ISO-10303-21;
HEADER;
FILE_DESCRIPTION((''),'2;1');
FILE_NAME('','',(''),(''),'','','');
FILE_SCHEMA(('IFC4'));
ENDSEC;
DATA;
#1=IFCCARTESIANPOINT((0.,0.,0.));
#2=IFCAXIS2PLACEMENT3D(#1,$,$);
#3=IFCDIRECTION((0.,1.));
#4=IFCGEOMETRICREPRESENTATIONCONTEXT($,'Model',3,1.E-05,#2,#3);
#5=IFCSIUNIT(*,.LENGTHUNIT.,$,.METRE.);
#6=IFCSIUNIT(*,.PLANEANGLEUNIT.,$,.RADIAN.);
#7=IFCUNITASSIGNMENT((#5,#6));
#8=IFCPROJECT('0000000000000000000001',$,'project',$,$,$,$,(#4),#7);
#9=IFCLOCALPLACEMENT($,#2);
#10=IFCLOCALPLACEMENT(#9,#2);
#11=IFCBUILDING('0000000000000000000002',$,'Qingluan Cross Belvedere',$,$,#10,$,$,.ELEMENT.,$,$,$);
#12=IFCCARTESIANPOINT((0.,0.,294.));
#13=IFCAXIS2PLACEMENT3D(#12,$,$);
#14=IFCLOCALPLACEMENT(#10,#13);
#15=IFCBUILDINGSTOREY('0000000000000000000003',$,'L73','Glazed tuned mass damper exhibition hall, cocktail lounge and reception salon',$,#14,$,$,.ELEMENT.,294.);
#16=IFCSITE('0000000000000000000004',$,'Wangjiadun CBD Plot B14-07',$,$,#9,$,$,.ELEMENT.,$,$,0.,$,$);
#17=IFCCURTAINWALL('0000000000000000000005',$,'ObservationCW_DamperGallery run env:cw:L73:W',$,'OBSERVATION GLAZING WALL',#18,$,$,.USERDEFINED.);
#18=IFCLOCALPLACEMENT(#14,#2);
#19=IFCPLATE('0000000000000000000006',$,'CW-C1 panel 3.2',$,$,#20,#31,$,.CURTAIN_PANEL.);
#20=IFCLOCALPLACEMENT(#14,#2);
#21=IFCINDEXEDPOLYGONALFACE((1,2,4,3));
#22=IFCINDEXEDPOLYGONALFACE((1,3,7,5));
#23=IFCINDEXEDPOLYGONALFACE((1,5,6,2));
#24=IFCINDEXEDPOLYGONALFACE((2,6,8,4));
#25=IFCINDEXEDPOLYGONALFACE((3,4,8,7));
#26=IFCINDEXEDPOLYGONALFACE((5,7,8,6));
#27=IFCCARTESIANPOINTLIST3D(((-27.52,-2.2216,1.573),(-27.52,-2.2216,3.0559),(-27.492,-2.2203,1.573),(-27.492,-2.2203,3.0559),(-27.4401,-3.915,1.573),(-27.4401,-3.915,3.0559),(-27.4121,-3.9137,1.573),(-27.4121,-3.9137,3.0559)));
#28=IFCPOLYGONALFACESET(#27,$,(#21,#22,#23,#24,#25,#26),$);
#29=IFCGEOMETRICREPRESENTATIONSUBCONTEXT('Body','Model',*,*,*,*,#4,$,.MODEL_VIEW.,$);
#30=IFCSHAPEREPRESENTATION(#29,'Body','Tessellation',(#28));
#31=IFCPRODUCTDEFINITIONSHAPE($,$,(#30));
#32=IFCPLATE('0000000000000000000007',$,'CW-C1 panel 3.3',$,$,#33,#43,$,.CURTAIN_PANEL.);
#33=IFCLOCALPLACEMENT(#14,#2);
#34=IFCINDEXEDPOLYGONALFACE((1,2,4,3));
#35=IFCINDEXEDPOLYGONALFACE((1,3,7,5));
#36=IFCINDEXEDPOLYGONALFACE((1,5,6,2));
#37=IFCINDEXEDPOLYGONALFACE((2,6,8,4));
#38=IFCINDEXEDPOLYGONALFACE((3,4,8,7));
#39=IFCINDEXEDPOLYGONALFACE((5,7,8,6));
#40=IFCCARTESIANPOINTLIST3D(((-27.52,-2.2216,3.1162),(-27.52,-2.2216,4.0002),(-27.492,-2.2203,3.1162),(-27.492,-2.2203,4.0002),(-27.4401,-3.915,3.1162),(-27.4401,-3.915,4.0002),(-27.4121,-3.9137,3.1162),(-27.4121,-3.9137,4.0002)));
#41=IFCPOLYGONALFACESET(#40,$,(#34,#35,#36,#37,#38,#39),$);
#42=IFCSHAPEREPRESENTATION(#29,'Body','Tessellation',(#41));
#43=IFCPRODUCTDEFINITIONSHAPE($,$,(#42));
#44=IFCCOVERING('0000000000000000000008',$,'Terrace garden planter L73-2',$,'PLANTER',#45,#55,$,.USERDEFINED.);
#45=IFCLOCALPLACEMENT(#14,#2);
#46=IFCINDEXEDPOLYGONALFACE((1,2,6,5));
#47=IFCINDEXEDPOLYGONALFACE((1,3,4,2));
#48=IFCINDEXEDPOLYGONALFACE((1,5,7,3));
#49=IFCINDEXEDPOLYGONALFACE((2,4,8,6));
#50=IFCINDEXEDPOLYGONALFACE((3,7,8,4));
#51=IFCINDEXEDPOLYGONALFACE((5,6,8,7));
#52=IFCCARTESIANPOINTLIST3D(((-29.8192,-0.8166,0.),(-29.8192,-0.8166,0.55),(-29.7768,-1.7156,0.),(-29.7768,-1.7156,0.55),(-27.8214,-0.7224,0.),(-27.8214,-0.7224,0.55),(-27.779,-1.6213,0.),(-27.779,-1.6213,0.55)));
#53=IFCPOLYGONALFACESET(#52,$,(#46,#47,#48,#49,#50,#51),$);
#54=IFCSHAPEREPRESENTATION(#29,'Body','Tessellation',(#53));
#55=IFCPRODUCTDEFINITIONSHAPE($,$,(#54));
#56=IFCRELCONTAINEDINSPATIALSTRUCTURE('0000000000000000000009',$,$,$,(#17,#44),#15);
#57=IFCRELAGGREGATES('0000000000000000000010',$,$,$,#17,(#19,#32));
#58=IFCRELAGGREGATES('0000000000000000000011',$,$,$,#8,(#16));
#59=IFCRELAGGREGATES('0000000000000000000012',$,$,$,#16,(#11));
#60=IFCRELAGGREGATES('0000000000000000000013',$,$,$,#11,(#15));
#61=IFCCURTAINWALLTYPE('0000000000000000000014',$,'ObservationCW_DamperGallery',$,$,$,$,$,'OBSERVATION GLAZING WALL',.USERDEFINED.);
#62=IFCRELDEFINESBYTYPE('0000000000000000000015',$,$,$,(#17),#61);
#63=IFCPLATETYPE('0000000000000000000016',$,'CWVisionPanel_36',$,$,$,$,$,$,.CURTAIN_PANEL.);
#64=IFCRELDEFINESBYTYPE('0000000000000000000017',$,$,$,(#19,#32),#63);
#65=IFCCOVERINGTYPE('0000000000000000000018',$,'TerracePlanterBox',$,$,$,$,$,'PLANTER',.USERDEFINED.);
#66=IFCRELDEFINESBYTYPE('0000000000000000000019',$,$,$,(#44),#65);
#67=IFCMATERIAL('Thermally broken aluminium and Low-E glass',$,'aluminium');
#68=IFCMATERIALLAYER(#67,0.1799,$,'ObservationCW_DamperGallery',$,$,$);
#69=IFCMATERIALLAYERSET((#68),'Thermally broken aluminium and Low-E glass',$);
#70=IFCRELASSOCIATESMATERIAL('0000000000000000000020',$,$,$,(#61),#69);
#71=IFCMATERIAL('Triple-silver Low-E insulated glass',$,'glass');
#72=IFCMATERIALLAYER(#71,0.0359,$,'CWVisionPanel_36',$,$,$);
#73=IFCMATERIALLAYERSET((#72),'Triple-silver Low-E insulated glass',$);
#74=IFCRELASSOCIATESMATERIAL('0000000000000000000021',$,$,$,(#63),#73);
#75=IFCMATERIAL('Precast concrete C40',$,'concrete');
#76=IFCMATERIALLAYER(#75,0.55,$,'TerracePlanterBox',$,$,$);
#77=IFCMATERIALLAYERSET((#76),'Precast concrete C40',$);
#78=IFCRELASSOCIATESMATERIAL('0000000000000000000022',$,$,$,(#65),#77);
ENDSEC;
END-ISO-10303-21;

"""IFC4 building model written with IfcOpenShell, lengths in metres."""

from ifc_helpers import new_model, si_unit, direction, frame, origin, origin_2d, place, context, subcontext, project, spatial, rectangle, extrude, material, layer, layer_set, type_object, element, aggregate, save


model = new_model("IFC4")

# Units and contexts
model_context = context("Model", 3, precision=1e-05, world=origin(), true_north=direction((0.0, 1.0)))
body_context = subcontext(model_context, "Body", "Model", "MODEL_VIEW")
ifc_project = project(units=[si_unit("LENGTHUNIT", "METRE"), si_unit("PLANEANGLEUNIT", "RADIAN")], contexts=[model_context])

# Site, building, storey
site_placement = place(None, origin())
site = spatial("IfcSite", under=ifc_project, at=site_placement, Name="Wangjiadun CBD Plot B14-07", CompositionType="ELEMENT", RefElevation=0.0)
building_placement = place(site_placement, origin())
building = spatial("IfcBuilding", under=site, at=building_placement, Name="Qingluan Cross Belvedere", CompositionType="ELEMENT")
storey_placement = place(building_placement, frame((0.0, 0.0, 294.0)))
storey = spatial("IfcBuildingStorey", under=building, at=storey_placement, Name="L73", Description="Glazed tuned mass damper exhibition hall, cocktail lounge and reception salon", CompositionType="ELEMENT", Elevation=294.0)

# Curtain wall, plates
ifc_material_1 = material(Name="Thermally broken aluminium and Low-E glass", Category="aluminium")
ifc_layer_1 = layer(ifc_material_1, 0.1799, Name="ObservationCW_DamperGallery")
ifc_layer_set_1 = layer_set([ifc_layer_1], Name="Thermally broken aluminium and Low-E glass")
curtain_wall_type = type_object("IfcCurtainWallType", Name="ObservationCW_DamperGallery", ElementType="OBSERVATION GLAZING WALL", PredefinedType="USERDEFINED", material=ifc_layer_set_1)
curtain_wall_placement = place(storey_placement, origin())
curtain_wall = element("IfcCurtainWall", 1, at=curtain_wall_placement, inside=storey, type_object=curtain_wall_type, Name="ObservationCW_DamperGallery run env:cw:L73:W", ObjectType="OBSERVATION GLAZING WALL", PredefinedType="USERDEFINED")
ifc_material_2 = material(Name="Triple-silver Low-E insulated glass", Category="glass")
ifc_layer_2 = layer(ifc_material_2, 0.0359, Name="CWVisionPanel_36")
ifc_layer_set_2 = layer_set([ifc_layer_2], Name="Triple-silver Low-E insulated glass")
plate_type = type_object("IfcPlateType", Name="CWVisionPanel_36", PredefinedType="CURTAIN_PANEL", material=ifc_layer_set_2)
plate_1_placement = place(storey_placement, frame((-27.4661, -3.0676, 1.573), z_axis=(0.0, 0.0, 1.0), x_axis=(0.047125, -0.998889, 0.0)))
plate_1 = element("IfcPlate", 2, at=plate_1_placement, type_object=plate_type, Name="CW-C1 panel 3.2", PredefinedType="CURTAIN_PANEL", context=body_context, shape_type="SweptSolid", body=[
    extrude(rectangle(XDim=1.6953, YDim=0.0281, at=origin_2d()), origin(), (0.0, 0.0, 1.0), 1.4829),
])
plate_2_placement = place(storey_placement, frame((-27.4661, -3.0676, 3.1162), z_axis=(0.0, 0.0, 1.0), x_axis=(0.047125, -0.998889, 0.0)))
plate_2 = element("IfcPlate", 3, at=plate_2_placement, type_object=plate_type, Name="CW-C1 panel 3.3", PredefinedType="CURTAIN_PANEL", context=body_context, shape_type="SweptSolid", body=[
    extrude(rectangle(XDim=1.6953, YDim=0.0281, at=origin_2d()), origin(), (0.0, 0.0, 1.0), 0.884),
])
aggregate(curtain_wall, [plate_1, plate_2])

# Covering
ifc_material_3 = material(Name="Precast concrete C40", Category="concrete")
ifc_layer_3 = layer(ifc_material_3, 0.55, Name="TerracePlanterBox")
ifc_layer_set_3 = layer_set([ifc_layer_3], Name="Precast concrete C40")
covering_type = type_object("IfcCoveringType", Name="TerracePlanterBox", ElementType="PLANTER", PredefinedType="USERDEFINED", material=ifc_layer_set_3)
covering_placement = place(storey_placement, frame((-28.7991, -1.219, 0.0), z_axis=(0.0, 0.0, 1.0), x_axis=(0.99889, 0.047106, 0.0)))
element("IfcCovering", 4, at=covering_placement, inside=storey, type_object=covering_type, Name="Terrace garden planter L73-2", ObjectType="PLANTER", PredefinedType="USERDEFINED", context=body_context, shape_type="SweptSolid", body=[
    extrude(rectangle(XDim=2.0, YDim=0.8999, at=origin_2d()), origin(), (0.0, 0.0, 1.0), 0.55),
])

save(model, "model.ifc")
